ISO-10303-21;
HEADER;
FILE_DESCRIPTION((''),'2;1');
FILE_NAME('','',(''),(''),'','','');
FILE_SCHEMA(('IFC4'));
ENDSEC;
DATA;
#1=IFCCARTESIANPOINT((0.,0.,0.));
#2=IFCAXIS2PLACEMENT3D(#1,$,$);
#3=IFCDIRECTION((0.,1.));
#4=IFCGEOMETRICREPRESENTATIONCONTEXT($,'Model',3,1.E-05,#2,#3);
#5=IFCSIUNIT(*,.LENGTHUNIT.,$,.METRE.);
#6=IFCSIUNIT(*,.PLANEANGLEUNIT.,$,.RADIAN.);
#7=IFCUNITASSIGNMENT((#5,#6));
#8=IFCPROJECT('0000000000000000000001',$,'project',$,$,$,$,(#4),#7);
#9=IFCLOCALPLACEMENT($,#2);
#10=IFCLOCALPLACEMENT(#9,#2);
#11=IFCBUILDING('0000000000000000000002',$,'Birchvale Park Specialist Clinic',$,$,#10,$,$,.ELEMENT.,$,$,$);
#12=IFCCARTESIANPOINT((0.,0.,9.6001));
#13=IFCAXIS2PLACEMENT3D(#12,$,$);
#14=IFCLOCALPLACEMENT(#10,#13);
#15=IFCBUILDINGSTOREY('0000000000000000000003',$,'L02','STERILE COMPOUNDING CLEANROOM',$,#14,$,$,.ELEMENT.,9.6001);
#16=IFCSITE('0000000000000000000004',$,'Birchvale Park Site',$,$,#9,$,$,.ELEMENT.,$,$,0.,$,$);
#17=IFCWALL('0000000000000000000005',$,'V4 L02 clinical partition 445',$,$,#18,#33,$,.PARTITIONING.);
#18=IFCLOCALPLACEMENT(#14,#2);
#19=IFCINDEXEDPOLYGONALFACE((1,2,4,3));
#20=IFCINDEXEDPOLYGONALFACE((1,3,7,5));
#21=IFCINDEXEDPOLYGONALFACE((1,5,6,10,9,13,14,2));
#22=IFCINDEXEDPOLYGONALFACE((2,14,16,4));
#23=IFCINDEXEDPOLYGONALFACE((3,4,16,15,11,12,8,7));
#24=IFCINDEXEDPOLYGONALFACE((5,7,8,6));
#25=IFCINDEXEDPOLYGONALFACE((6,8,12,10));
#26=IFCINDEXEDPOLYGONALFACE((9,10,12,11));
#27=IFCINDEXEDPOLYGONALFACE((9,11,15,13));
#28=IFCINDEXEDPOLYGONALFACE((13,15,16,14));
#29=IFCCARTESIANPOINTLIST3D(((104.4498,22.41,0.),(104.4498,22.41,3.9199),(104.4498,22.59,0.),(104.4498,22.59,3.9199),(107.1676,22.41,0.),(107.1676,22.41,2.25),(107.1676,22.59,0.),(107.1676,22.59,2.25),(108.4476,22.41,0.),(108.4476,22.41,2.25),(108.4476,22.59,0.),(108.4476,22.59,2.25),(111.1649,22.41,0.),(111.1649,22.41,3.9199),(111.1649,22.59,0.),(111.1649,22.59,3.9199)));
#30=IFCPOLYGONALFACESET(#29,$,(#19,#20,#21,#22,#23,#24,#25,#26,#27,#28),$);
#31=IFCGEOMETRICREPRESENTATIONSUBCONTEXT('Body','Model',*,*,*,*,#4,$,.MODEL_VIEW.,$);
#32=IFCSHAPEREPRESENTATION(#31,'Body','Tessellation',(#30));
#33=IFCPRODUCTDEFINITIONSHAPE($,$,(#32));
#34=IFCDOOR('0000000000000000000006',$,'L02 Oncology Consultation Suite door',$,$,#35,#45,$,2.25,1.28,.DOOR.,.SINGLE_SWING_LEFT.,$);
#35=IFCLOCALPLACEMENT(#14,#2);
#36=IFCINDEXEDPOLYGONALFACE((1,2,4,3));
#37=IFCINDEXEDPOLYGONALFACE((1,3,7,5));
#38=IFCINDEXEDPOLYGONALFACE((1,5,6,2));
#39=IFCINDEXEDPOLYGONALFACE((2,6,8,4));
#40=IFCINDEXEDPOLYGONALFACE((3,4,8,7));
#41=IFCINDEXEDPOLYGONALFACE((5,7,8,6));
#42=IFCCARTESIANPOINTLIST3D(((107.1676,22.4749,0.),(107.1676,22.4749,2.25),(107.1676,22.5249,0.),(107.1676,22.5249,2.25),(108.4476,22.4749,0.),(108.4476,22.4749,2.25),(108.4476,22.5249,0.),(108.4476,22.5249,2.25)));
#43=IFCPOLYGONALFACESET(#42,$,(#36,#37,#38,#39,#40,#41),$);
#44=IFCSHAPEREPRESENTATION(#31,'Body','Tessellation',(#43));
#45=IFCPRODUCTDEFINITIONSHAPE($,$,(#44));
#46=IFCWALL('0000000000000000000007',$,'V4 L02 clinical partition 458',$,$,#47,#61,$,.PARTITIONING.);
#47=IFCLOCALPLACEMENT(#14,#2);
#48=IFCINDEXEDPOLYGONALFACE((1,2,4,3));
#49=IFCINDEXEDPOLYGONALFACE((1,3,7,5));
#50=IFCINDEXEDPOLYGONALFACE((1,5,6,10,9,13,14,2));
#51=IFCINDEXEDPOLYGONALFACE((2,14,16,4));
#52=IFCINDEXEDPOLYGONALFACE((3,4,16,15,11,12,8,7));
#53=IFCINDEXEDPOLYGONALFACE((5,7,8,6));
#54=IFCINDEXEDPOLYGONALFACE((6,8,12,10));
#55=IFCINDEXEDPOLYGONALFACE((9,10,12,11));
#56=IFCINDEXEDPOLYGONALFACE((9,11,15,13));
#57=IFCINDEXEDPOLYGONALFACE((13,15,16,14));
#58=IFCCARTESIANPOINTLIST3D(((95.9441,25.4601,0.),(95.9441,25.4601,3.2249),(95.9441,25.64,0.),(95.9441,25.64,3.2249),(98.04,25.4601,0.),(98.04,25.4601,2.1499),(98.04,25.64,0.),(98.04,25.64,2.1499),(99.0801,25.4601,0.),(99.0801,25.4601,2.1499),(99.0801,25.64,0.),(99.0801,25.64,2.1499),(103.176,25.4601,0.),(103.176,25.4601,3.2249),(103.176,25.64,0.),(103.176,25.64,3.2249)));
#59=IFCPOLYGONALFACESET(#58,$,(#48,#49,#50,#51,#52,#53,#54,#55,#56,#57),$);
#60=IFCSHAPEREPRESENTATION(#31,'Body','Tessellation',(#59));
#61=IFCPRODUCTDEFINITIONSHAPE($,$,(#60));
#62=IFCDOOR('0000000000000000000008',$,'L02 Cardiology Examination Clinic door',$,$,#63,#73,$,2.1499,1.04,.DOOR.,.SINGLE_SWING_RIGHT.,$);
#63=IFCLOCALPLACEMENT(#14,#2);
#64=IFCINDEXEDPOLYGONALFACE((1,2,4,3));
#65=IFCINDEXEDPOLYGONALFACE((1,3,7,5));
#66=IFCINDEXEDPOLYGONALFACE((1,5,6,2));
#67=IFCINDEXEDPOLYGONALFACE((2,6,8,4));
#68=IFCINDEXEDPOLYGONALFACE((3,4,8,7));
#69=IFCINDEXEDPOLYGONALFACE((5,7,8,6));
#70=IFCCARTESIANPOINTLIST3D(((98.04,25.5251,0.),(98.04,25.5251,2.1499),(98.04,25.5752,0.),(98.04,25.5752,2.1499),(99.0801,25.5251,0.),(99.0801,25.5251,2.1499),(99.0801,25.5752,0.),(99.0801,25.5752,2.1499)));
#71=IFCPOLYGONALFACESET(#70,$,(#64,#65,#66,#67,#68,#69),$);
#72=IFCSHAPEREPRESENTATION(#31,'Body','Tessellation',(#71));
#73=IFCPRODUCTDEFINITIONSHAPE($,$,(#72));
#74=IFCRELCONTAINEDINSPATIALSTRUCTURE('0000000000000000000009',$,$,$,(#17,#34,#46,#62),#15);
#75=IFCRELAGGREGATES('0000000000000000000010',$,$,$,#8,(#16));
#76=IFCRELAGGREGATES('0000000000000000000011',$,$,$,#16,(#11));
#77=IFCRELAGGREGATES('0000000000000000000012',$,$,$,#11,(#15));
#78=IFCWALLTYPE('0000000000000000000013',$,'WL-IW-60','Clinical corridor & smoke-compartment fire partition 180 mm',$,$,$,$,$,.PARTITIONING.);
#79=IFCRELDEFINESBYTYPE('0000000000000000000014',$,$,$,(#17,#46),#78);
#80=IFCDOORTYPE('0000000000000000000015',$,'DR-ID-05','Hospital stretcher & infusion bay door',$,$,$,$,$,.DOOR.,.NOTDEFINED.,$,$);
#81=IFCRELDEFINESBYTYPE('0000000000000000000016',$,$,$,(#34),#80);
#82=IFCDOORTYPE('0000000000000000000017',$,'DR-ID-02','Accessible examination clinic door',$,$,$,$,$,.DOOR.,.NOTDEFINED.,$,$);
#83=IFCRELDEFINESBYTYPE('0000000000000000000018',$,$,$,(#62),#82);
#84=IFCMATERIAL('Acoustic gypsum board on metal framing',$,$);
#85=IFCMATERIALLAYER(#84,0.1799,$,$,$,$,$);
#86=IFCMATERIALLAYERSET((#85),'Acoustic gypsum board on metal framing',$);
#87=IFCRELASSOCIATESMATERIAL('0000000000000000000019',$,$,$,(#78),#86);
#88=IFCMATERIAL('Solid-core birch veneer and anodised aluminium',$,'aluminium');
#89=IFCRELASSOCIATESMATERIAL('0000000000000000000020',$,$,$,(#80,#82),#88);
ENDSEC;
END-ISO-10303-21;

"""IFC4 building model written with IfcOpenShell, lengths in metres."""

from ifc_helpers import new_model, si_unit, direction, frame, frame_2d, origin, place, context, subcontext, project, spatial, rectangle, extrude, material, layer, layer_set, type_object, element, fill, save


model = new_model("IFC4")

# Units and contexts
model_context = context("Model", 3, precision=1e-05, world=origin(), true_north=direction((0.0, 1.0)))
body_context = subcontext(model_context, "Body", "Model", "MODEL_VIEW")
ifc_project = project(units=[si_unit("LENGTHUNIT", "METRE"), si_unit("PLANEANGLEUNIT", "RADIAN")], contexts=[model_context])

# Site, building, storey
site_placement = place(None, origin())
site = spatial("IfcSite", under=ifc_project, at=site_placement, Name="Birchvale Park Site", CompositionType="ELEMENT", RefElevation=0.0)
building_placement = place(site_placement, origin())
building = spatial("IfcBuilding", under=site, at=building_placement, Name="Birchvale Park Specialist Clinic", CompositionType="ELEMENT")
storey_placement = place(building_placement, frame((0.0, 0.0, 9.6001)))
storey = spatial("IfcBuildingStorey", under=building, at=storey_placement, Name="L02", Description="STERILE COMPOUNDING CLEANROOM", CompositionType="ELEMENT", Elevation=9.6001)

# Shared definitions
ifc_material_1 = material(Name="Acoustic gypsum board on metal framing")

# Walls, openings, doors
ifc_layer_1 = layer(ifc_material_1, 0.1799)
ifc_layer_set_1 = layer_set([ifc_layer_1], Name="Acoustic gypsum board on metal framing")
wall_type_1 = type_object("IfcWallType", Name="WL-IW-60", Description="Clinical corridor & smoke-compartment fire partition 180 mm", PredefinedType="PARTITIONING", material=ifc_layer_set_1)
ifc_material_2 = material(Name="Solid-core birch veneer and anodised aluminium", Category="aluminium")
wall_1_placement = place(storey_placement, frame((104.45, 22.5, 0.0), z_axis=(0.0, 0.0, 1.0), x_axis=(1.0, 0.0, 0.0)))
wall_1 = element("IfcWall", 1, at=wall_1_placement, inside=storey, type_object=wall_type_1, Name="V4 L02 clinical partition 445", PredefinedType="PARTITIONING", context=body_context, shape_type="SweptSolid", body=[
    extrude(rectangle(XDim=6.7151, YDim=0.1799, at=frame_2d((3.3574, 0.0))), origin(), (0.0, 0.0, 1.0), 3.9199),
])
opening_1_placement = place(wall_1_placement, frame((2.7175, 0.0, 0.0)))
opening_1 = element("IfcOpeningElement", 2, at=opening_1_placement, cuts=wall_1, PredefinedType="OPENING", context=body_context, shape_type="SweptSolid", body=[
    extrude(rectangle(XDim=1.28, YDim=2.25, at=frame_2d((0.6401, 1.125))), frame((0.0, 0.1001, 0.0), z_axis=(0.0, -1.0, 0.0), x_axis=(1.0, 0.0, 0.0)), (0.0, 0.0, 1.0), 0.2),
])
door_type_1 = type_object("IfcDoorType", Name="DR-ID-05", Description="Hospital stretcher & infusion bay door", OperationType="NOTDEFINED", PredefinedType="DOOR", material=ifc_material_2)
door_1_placement = place(opening_1_placement, origin())
door_1 = element("IfcDoor", 3, at=door_1_placement, inside=storey, type_object=door_type_1, Name="L02 Oncology Consultation Suite door", OperationType="SINGLE_SWING_LEFT", OverallHeight=2.25, OverallWidth=1.28, PredefinedType="DOOR", context=body_context, shape_type="SweptSolid", body=[
    extrude(rectangle(XDim=1.28, YDim=2.25, at=frame_2d((0.6401, 1.125))), frame((0.0, 0.0249, 0.0), z_axis=(0.0, -1.0, 0.0), x_axis=(1.0, 0.0, 0.0)), (0.0, 0.0, 1.0), 0.05),
])
fill(opening_1, door_1)
wall_2_placement = place(storey_placement, frame((103.176, 25.55, 0.0), z_axis=(0.0, 0.0, 1.0), x_axis=(-1.0, 0.0, 0.0)))
wall_2 = element("IfcWall", 4, at=wall_2_placement, inside=storey, type_object=wall_type_1, Name="V4 L02 clinical partition 458", PredefinedType="PARTITIONING", context=body_context, shape_type="SweptSolid", body=[
    extrude(rectangle(XDim=7.2319, YDim=0.1799, at=frame_2d((3.616, 0.0))), origin(), (0.0, 0.0, 1.0), 3.2249),
])
opening_2_placement = place(wall_2_placement, frame((4.0959, 0.0, 0.0)))
opening_2 = element("IfcOpeningElement", 5, at=opening_2_placement, cuts=wall_2, PredefinedType="OPENING", context=body_context, shape_type="SweptSolid", body=[
    extrude(rectangle(XDim=1.04, YDim=2.1499, at=frame_2d((0.52, 1.075))), frame((0.0, 0.1001, 0.0), z_axis=(0.0, -1.0, 0.0), x_axis=(1.0, 0.0, 0.0)), (0.0, 0.0, 1.0), 0.2),
])
door_type_2 = type_object("IfcDoorType", Name="DR-ID-02", Description="Accessible examination clinic door", OperationType="NOTDEFINED", PredefinedType="DOOR", material=ifc_material_2)
door_2_placement = place(opening_2_placement, origin())
door_2 = element("IfcDoor", 6, at=door_2_placement, inside=storey, type_object=door_type_2, Name="L02 Cardiology Examination Clinic door", OperationType="SINGLE_SWING_RIGHT", OverallHeight=2.1499, OverallWidth=1.04, PredefinedType="DOOR", context=body_context, shape_type="SweptSolid", body=[
    extrude(rectangle(XDim=1.04, YDim=2.1499, at=frame_2d((0.52, 1.075))), frame((0.0, 0.0249, 0.0), z_axis=(0.0, -1.0, 0.0), x_axis=(1.0, 0.0, 0.0)), (0.0, 0.0, 1.0), 0.05),
])
fill(opening_2, door_2)

save(model, "model.ifc")
